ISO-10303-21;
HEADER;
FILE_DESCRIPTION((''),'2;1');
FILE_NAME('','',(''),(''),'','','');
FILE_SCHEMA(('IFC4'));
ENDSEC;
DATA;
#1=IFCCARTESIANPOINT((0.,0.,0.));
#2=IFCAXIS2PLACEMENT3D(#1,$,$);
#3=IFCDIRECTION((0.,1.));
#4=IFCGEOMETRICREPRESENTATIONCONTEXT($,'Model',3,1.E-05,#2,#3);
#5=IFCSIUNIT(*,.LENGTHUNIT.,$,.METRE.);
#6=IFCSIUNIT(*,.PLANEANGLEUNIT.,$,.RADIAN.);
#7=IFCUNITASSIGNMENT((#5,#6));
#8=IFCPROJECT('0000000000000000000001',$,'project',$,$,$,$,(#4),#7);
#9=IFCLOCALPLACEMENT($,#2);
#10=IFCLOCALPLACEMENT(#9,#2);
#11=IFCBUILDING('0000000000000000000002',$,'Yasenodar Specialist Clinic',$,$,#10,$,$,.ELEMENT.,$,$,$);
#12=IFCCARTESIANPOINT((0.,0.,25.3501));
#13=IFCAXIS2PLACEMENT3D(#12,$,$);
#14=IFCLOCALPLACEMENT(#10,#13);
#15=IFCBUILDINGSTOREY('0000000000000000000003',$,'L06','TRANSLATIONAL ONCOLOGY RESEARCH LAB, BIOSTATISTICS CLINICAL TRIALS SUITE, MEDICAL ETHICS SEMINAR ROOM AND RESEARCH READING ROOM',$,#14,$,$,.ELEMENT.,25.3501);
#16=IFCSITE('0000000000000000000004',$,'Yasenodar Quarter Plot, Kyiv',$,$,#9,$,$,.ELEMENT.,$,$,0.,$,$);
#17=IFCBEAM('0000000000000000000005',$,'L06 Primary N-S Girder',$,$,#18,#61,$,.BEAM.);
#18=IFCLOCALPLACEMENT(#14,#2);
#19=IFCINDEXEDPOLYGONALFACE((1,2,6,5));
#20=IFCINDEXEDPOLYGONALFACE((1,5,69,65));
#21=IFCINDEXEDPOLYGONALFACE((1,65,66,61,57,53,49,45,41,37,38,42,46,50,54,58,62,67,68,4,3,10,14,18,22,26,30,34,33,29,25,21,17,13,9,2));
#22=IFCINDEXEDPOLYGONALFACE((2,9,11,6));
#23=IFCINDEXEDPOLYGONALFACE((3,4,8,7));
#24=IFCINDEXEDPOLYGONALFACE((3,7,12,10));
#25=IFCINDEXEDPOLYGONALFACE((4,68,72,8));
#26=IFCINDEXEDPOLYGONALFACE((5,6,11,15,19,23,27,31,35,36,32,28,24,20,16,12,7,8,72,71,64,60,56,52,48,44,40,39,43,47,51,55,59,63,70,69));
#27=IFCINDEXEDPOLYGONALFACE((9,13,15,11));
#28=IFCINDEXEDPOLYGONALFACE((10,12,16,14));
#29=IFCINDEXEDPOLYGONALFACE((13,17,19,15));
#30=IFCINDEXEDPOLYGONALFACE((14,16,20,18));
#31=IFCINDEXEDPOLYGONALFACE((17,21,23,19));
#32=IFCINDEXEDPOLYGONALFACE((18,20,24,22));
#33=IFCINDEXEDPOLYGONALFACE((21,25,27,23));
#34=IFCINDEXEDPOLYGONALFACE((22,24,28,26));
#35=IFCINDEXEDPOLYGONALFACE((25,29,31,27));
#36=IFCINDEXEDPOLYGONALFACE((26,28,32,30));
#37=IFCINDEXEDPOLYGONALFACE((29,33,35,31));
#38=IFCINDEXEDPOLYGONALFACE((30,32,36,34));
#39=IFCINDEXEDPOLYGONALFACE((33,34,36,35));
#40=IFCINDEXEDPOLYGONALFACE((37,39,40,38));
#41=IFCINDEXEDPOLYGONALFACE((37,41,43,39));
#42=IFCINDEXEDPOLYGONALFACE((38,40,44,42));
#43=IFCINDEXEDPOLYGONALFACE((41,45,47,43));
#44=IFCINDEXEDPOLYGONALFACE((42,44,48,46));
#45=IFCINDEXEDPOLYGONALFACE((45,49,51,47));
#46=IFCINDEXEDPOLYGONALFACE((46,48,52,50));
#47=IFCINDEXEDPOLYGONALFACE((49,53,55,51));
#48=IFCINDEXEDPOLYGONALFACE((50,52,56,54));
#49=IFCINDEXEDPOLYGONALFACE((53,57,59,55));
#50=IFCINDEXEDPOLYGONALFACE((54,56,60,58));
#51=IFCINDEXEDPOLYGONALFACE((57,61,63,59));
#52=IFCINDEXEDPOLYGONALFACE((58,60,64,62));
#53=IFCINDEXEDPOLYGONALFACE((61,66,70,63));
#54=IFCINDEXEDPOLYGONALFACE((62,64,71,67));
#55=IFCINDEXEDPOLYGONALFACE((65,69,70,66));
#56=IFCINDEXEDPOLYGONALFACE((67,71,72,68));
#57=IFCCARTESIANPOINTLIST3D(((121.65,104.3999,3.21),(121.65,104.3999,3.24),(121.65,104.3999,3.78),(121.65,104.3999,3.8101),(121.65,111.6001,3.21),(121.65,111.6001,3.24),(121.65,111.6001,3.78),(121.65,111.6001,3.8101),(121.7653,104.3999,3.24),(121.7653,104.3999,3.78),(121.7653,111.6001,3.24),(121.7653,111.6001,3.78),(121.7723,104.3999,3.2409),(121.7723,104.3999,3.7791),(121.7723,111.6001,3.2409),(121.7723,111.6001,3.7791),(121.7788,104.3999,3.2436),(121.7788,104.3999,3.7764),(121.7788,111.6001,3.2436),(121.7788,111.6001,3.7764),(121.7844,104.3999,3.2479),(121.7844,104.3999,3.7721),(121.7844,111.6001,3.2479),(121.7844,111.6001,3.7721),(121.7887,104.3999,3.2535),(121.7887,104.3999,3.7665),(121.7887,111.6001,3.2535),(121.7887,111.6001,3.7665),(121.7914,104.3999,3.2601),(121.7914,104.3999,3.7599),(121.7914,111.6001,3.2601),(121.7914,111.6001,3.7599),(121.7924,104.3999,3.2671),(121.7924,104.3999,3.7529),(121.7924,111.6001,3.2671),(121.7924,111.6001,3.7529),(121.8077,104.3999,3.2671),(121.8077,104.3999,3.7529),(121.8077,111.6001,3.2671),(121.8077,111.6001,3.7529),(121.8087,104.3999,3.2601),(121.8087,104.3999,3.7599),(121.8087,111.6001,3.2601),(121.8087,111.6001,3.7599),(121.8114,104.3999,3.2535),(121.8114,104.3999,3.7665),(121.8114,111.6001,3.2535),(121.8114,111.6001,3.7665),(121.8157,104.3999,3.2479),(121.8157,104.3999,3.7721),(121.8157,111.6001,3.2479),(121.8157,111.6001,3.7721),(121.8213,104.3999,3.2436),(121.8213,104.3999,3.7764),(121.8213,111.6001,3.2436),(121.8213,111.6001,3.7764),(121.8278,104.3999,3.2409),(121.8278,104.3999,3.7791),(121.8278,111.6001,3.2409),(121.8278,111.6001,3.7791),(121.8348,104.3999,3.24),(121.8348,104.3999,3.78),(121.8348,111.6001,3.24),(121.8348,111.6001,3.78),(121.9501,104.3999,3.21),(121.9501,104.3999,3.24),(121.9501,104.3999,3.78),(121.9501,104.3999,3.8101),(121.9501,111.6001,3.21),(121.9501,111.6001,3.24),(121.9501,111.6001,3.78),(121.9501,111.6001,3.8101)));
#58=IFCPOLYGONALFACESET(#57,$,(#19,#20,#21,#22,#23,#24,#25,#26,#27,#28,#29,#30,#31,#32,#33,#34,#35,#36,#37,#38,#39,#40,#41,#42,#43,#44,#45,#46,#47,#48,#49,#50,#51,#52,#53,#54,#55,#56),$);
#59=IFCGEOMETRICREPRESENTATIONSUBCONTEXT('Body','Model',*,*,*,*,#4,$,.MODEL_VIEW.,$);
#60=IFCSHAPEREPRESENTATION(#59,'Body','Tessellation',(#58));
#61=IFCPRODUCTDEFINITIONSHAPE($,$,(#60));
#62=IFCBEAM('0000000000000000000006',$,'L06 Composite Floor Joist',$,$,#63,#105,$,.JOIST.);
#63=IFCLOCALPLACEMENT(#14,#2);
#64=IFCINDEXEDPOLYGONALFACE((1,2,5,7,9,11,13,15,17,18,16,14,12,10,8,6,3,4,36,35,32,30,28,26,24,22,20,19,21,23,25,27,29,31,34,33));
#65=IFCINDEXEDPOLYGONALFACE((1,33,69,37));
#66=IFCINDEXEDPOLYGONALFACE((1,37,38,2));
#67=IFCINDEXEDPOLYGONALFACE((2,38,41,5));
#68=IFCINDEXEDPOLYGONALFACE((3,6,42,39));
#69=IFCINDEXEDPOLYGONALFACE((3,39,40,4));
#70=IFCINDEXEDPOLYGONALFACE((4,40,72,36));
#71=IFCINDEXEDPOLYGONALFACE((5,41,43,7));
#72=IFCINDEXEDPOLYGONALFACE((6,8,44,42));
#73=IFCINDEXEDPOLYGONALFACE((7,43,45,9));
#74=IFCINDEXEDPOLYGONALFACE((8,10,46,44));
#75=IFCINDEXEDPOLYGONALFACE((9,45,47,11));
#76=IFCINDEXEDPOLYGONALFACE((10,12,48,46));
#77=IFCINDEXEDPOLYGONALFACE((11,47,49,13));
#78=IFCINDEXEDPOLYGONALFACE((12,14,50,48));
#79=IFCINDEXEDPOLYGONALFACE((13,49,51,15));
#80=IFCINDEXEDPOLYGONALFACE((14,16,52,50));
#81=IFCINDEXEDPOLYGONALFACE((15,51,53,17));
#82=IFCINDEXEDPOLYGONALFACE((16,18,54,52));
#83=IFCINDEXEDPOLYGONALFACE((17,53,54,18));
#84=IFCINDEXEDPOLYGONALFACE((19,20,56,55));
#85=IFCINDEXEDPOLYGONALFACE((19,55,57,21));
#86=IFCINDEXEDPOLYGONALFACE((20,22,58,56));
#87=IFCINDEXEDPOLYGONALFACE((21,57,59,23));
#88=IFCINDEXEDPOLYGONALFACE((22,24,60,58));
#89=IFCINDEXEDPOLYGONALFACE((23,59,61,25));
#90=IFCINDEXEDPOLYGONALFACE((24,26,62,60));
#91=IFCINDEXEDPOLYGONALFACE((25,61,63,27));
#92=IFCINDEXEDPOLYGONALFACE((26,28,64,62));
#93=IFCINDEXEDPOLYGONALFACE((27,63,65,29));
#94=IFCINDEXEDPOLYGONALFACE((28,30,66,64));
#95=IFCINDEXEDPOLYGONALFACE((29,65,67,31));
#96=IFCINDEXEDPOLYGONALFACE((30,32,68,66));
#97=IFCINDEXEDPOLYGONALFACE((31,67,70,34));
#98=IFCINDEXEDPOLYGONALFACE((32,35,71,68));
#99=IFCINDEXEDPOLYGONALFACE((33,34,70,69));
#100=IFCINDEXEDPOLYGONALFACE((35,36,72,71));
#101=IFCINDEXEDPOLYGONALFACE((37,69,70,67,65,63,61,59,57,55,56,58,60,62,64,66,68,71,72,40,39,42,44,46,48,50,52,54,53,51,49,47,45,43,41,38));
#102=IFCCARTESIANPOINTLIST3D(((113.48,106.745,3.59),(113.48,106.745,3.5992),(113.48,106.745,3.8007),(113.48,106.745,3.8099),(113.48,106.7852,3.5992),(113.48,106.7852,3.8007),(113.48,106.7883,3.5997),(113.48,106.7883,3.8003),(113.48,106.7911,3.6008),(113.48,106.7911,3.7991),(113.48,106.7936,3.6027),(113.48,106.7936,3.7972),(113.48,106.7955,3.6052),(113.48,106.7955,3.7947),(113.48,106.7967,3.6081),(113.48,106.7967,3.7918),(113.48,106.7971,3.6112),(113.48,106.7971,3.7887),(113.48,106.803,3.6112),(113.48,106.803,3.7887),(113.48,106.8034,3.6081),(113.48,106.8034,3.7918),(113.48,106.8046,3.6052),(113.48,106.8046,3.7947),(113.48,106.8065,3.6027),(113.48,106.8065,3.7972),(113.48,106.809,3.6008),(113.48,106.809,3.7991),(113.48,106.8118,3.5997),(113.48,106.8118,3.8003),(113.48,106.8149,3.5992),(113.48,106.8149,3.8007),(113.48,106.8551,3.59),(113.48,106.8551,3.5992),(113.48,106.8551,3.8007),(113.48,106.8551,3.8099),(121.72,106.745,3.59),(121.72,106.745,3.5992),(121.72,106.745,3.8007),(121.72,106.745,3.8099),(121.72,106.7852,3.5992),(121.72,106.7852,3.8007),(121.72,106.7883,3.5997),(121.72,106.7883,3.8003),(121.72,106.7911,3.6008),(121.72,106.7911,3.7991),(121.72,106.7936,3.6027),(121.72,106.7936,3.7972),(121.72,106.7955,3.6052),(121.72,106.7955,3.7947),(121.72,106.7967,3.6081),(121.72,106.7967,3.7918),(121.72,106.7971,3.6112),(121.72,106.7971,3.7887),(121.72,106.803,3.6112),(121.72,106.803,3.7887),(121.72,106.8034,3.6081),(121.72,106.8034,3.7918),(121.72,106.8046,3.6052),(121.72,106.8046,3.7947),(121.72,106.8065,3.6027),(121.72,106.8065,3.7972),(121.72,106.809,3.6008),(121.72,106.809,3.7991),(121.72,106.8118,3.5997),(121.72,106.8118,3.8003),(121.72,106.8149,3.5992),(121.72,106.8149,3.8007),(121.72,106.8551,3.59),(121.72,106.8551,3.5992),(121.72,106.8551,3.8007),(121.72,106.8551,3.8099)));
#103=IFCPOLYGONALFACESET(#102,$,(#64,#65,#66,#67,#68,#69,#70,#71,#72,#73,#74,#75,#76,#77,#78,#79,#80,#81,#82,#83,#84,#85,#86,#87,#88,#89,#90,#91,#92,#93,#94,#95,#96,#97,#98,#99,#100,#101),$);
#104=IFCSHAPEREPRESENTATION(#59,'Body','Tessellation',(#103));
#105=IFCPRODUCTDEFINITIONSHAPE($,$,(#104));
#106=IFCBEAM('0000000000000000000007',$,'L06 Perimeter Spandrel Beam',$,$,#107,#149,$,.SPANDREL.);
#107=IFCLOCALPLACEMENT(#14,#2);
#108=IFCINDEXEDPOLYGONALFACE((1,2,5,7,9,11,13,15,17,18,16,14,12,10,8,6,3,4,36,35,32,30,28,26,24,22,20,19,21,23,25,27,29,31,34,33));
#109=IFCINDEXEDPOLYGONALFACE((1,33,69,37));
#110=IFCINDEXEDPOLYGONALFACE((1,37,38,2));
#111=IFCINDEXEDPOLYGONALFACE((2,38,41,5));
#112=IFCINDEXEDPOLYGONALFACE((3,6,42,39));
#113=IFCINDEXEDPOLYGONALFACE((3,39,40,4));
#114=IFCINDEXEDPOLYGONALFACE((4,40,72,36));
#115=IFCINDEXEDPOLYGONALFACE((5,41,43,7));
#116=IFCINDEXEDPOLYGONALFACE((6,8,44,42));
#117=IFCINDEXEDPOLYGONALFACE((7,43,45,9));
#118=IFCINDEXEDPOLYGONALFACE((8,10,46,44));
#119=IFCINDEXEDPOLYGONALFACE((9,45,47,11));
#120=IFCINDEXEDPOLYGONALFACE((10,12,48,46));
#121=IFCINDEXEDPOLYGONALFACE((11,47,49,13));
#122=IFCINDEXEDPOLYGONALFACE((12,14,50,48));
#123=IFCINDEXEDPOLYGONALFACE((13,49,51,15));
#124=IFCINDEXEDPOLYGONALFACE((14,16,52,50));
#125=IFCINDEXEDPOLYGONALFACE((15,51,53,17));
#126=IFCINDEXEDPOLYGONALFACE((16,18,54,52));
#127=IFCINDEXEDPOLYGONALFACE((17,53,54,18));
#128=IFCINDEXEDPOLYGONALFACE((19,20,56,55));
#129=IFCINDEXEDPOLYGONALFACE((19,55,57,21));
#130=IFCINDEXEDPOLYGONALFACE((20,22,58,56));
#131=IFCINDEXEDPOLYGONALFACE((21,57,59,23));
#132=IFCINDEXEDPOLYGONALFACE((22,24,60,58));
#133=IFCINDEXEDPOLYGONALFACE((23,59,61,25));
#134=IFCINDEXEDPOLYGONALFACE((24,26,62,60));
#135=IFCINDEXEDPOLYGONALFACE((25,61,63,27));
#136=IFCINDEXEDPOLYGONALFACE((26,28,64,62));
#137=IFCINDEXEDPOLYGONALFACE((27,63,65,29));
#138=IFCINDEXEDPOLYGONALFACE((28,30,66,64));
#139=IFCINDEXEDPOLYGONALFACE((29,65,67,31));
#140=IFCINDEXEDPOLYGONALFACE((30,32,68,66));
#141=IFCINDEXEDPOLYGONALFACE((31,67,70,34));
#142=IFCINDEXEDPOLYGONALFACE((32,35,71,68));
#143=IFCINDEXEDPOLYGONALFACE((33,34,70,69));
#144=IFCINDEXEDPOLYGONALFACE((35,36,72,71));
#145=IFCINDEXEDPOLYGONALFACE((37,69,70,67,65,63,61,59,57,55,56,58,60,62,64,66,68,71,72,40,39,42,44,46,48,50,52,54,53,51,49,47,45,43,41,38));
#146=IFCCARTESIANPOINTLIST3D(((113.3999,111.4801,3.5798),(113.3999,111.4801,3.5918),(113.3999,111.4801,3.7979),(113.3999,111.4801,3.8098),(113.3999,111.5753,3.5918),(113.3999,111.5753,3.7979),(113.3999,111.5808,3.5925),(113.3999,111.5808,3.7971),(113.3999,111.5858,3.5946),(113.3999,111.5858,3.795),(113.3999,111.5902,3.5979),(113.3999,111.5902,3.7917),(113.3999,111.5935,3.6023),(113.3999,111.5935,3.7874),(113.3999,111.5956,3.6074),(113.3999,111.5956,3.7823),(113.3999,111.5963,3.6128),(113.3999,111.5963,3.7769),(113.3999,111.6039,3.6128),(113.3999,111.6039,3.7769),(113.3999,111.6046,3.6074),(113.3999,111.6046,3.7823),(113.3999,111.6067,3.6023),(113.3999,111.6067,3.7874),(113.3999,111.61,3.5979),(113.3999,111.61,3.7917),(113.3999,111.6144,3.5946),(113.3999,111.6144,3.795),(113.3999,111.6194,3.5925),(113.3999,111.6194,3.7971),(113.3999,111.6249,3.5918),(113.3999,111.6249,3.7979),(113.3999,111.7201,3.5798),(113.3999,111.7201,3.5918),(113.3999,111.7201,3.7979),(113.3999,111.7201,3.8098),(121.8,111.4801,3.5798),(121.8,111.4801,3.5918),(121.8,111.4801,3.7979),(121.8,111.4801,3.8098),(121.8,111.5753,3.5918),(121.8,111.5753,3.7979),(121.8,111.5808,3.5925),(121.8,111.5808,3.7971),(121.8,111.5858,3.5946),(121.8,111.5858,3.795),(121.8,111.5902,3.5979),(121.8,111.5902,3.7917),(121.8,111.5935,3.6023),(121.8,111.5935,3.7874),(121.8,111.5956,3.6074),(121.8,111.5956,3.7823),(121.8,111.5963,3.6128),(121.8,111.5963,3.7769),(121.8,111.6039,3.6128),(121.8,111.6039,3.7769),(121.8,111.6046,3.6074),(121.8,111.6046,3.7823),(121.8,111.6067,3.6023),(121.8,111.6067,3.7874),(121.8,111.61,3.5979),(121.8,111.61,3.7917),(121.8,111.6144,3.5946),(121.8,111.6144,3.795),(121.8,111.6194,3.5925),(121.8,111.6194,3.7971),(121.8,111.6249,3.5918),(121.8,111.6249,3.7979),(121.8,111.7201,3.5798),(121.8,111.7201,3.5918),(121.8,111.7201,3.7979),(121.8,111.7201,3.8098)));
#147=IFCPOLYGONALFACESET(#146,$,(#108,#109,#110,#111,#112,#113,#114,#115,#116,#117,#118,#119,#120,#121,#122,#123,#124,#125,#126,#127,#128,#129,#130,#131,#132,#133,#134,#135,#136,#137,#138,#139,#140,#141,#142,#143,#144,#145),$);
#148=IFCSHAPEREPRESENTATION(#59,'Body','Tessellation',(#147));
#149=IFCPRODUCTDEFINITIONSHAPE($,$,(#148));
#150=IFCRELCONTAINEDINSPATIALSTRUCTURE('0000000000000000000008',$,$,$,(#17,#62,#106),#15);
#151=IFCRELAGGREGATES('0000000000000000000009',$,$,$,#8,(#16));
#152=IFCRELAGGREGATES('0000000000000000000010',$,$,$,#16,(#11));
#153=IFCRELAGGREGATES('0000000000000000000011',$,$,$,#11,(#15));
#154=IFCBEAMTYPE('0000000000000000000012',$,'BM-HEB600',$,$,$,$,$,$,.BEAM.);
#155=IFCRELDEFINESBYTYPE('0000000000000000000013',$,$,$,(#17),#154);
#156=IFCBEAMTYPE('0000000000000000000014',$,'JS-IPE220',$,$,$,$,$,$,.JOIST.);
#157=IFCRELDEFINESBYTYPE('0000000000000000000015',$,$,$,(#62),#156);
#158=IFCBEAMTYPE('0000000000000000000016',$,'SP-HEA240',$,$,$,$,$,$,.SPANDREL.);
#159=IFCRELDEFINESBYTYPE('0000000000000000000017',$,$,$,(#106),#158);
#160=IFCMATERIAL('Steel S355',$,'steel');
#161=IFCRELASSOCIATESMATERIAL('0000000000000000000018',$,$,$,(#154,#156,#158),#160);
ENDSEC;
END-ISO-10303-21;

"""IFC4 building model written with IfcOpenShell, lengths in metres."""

from ifc_helpers import new_model, si_unit, direction, frame, origin, origin_2d, place, context, subcontext, project, spatial, i_section, extrude, material, material_profile, profile_set, type_object, element, save


model = new_model("IFC4")

# Units and contexts
model_context = context("Model", 3, precision=1e-05, world=origin(), true_north=direction((0.0, 1.0)))
body_context = subcontext(model_context, "Body", "Model", "MODEL_VIEW")
ifc_project = project(units=[si_unit("LENGTHUNIT", "METRE"), si_unit("PLANEANGLEUNIT", "RADIAN")], contexts=[model_context])

# Site, building, storey
site_placement = place(None, origin())
site = spatial("IfcSite", under=ifc_project, at=site_placement, Name="Yasenodar Quarter Plot, Kyiv", CompositionType="ELEMENT", RefElevation=0.0)
building_placement = place(site_placement, origin())
building = spatial("IfcBuilding", under=site, at=building_placement, Name="Yasenodar Specialist Clinic", CompositionType="ELEMENT")
storey_placement = place(building_placement, frame((0.0, 0.0, 25.3501)))
storey = spatial("IfcBuildingStorey", under=building, at=storey_placement, Name="L06", Description="TRANSLATIONAL ONCOLOGY RESEARCH LAB, BIOSTATISTICS CLINICAL TRIALS SUITE, MEDICAL ETHICS SEMINAR ROOM AND RESEARCH READING ROOM", CompositionType="ELEMENT", Elevation=25.3501)

# Shared definitions
ifc_material_1 = material(Name="Steel S355", Category="steel")

# Beams
ifc_material_profile_1 = material_profile(ifc_material_1, i_section(OverallWidth=0.3, OverallDepth=0.6001, WebThickness=0.0154, FlangeThickness=0.03, FilletRadius=0.0271, at=origin_2d()), Name="HEB 600")
ifc_profile_set_1 = profile_set([ifc_material_profile_1], Name="Steel S355")
beam_type_1 = type_object("IfcBeamType", Name="BM-HEB600", PredefinedType="BEAM", material=ifc_profile_set_1)
beam_1_placement = place(storey_placement, frame((121.8, 104.3999, 3.51), z_axis=(0.0, 1.0, 0.0), x_axis=(-1.0, 0.0, 0.0)))
element("IfcBeam", 1, at=beam_1_placement, inside=storey, type_object=beam_type_1, Name="L06 Primary N-S Girder", PredefinedType="BEAM", context=body_context, shape_type="SweptSolid", body=[
    extrude(i_section(OverallWidth=0.3, OverallDepth=0.6001, WebThickness=0.0154, FlangeThickness=0.03, FilletRadius=0.0271, at=origin_2d()), origin(), (0.0, 0.0, 1.0), 7.2002),
])
ifc_material_profile_2 = material_profile(ifc_material_1, i_section(OverallWidth=0.1101, OverallDepth=0.22, WebThickness=0.0059, FlangeThickness=0.0093, FilletRadius=0.012, at=origin_2d()), Name="IPE 220")
ifc_profile_set_2 = profile_set([ifc_material_profile_2], Name="Steel S355")
beam_type_2 = type_object("IfcBeamType", Name="JS-IPE220", PredefinedType="JOIST", material=ifc_profile_set_2)
beam_2_placement = place(storey_placement, frame((113.48, 106.8, 3.7), z_axis=(1.0, 0.0, 0.0), x_axis=(0.0, 1.0, 0.0)))
element("IfcBeam", 2, at=beam_2_placement, inside=storey, type_object=beam_type_2, Name="L06 Composite Floor Joist", PredefinedType="JOIST", context=body_context, shape_type="SweptSolid", body=[
    extrude(i_section(OverallWidth=0.1101, OverallDepth=0.22, WebThickness=0.0059, FlangeThickness=0.0093, FilletRadius=0.012, at=origin_2d()), origin(), (0.0, 0.0, 1.0), 8.24),
])
ifc_material_profile_3 = material_profile(ifc_material_1, i_section(OverallWidth=0.24, OverallDepth=0.23, WebThickness=0.0076, FlangeThickness=0.012, FilletRadius=0.021, at=origin_2d()), Name="HEA 240")
ifc_profile_set_3 = profile_set([ifc_material_profile_3], Name="Steel S355")
beam_type_3 = type_object("IfcBeamType", Name="SP-HEA240", PredefinedType="SPANDREL", material=ifc_profile_set_3)
beam_3_placement = place(storey_placement, frame((113.3999, 111.6001, 3.6948), z_axis=(1.0, 0.0, 0.0), x_axis=(0.0, 1.0, 0.0)))
element("IfcBeam", 3, at=beam_3_placement, inside=storey, type_object=beam_type_3, Name="L06 Perimeter Spandrel Beam", PredefinedType="SPANDREL", context=body_context, shape_type="SweptSolid", body=[
    extrude(i_section(OverallWidth=0.24, OverallDepth=0.23, WebThickness=0.0076, FlangeThickness=0.012, FilletRadius=0.021, at=origin_2d()), origin(), (0.0, 0.0, 1.0), 8.4001),
])

save(model, "model.ifc")
